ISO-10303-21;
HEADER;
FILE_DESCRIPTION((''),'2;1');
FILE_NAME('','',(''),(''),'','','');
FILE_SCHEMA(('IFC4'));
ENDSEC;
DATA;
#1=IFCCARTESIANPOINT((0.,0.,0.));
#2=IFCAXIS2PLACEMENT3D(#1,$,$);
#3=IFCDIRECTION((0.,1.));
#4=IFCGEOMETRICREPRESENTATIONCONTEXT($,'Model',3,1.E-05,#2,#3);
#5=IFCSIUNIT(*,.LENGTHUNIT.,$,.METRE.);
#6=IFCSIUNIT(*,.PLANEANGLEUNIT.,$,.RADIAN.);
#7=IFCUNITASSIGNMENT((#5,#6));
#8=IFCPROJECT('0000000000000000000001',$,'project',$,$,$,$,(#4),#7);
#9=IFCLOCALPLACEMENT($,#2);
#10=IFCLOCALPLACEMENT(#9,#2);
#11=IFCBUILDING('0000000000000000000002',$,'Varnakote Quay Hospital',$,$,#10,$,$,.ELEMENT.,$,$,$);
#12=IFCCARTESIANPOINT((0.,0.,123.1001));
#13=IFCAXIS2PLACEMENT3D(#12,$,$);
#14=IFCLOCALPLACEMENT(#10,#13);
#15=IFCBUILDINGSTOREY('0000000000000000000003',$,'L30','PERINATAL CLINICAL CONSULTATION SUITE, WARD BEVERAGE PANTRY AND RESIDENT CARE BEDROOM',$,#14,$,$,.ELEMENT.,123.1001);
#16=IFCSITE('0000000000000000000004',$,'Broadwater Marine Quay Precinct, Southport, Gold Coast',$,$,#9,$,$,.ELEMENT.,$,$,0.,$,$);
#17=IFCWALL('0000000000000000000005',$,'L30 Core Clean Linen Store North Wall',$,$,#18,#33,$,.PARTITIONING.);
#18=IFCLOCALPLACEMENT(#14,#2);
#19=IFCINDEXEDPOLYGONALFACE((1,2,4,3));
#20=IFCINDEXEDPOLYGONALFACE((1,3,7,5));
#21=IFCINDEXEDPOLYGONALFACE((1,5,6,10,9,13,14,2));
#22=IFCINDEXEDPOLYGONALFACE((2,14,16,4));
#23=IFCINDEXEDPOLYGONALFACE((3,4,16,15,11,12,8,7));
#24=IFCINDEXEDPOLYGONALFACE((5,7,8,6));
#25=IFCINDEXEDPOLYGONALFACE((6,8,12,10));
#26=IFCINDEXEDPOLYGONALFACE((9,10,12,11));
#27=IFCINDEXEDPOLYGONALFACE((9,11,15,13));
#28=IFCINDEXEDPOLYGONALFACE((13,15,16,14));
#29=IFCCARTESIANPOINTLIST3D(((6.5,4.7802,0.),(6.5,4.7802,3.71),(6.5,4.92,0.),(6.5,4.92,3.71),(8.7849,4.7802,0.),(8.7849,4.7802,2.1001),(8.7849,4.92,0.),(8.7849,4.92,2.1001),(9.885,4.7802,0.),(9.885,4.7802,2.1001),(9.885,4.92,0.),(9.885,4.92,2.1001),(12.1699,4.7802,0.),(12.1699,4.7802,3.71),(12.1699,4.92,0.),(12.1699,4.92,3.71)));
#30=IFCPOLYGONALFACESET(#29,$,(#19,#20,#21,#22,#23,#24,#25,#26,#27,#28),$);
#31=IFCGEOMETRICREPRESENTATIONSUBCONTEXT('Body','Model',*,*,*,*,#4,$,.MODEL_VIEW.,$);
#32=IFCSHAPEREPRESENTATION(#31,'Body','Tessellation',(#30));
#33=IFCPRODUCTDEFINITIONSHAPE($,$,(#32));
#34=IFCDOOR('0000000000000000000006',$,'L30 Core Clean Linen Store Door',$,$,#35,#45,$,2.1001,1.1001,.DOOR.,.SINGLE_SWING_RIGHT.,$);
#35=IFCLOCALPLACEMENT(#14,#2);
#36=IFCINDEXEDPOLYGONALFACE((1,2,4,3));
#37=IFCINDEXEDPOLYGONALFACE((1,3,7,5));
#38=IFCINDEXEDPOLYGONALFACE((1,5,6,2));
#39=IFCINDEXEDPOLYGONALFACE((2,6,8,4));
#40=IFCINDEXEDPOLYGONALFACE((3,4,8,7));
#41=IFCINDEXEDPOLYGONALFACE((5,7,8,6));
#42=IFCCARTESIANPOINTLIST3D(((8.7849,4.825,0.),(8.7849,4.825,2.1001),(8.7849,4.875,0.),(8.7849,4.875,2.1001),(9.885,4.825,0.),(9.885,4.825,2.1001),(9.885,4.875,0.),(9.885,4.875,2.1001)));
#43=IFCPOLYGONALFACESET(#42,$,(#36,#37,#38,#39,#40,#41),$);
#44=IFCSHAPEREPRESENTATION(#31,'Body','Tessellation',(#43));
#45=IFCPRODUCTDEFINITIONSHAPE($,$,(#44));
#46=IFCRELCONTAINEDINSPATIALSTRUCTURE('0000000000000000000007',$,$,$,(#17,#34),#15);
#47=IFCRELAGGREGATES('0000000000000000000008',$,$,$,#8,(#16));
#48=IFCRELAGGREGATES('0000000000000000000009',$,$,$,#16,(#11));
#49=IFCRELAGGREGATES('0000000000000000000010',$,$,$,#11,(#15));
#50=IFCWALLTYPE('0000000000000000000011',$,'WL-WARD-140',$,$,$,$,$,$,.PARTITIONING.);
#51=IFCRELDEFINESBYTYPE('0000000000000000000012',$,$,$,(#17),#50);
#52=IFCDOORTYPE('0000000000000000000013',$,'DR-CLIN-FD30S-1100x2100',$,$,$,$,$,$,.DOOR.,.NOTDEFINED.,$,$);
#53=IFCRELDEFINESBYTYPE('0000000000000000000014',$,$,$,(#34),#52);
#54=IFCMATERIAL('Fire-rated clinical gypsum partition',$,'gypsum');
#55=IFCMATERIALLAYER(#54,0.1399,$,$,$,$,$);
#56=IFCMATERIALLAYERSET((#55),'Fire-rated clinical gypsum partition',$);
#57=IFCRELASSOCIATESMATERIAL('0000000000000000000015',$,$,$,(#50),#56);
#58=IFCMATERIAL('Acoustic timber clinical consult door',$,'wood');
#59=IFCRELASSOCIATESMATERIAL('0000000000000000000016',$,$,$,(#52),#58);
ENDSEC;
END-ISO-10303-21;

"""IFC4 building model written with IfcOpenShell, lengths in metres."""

from ifc_helpers import new_model, si_unit, direction, frame, frame_2d, origin, place, context, subcontext, project, spatial, rectangle, extrude, material, layer, layer_set, type_object, element, fill, save


model = new_model("IFC4")

# Units and contexts
model_context = context("Model", 3, precision=1e-05, world=origin(), true_north=direction((0.0, 1.0)))
body_context = subcontext(model_context, "Body", "Model", "MODEL_VIEW")
ifc_project = project(units=[si_unit("LENGTHUNIT", "METRE"), si_unit("PLANEANGLEUNIT", "RADIAN")], contexts=[model_context])

# Site, building, storey
site_placement = place(None, origin())
site = spatial("IfcSite", under=ifc_project, at=site_placement, Name="Broadwater Marine Quay Precinct, Southport, Gold Coast", CompositionType="ELEMENT", RefElevation=0.0)
building_placement = place(site_placement, origin())
building = spatial("IfcBuilding", under=site, at=building_placement, Name="Varnakote Quay Hospital", CompositionType="ELEMENT")
storey_placement = place(building_placement, frame((0.0, 0.0, 123.1001)))
storey = spatial("IfcBuildingStorey", under=building, at=storey_placement, Name="L30", Description="PERINATAL CLINICAL CONSULTATION SUITE, WARD BEVERAGE PANTRY AND RESIDENT CARE BEDROOM", CompositionType="ELEMENT", Elevation=123.1001)

# Wall, opening, door
ifc_material_1 = material(Name="Fire-rated clinical gypsum partition", Category="gypsum")
ifc_layer_1 = layer(ifc_material_1, 0.1399)
ifc_layer_set_1 = layer_set([ifc_layer_1], Name="Fire-rated clinical gypsum partition")
wall_type_1 = type_object("IfcWallType", Name="WL-WARD-140", PredefinedType="PARTITIONING", material=ifc_layer_set_1)
wall_1_placement = place(storey_placement, frame((6.5, 4.8501, 0.0), z_axis=(0.0, 0.0, 1.0), x_axis=(1.0, 0.0, 0.0)))
wall_1 = element("IfcWall", 1, at=wall_1_placement, inside=storey, type_object=wall_type_1, Name="L30 Core Clean Linen Store North Wall", PredefinedType="PARTITIONING", context=body_context, shape_type="SweptSolid", body=[
    extrude(rectangle(XDim=5.6699, YDim=0.1399, at=frame_2d((2.835, 0.0))), origin(), (0.0, 0.0, 1.0), 3.71),
])
opening_1_placement = place(wall_1_placement, frame((2.2849, 0.0, 0.0)))
opening_1 = element("IfcOpeningElement", 2, at=opening_1_placement, cuts=wall_1, PredefinedType="OPENING", context=body_context, shape_type="SweptSolid", body=[
    extrude(rectangle(XDim=1.1001, YDim=2.1001, at=frame_2d((0.55, 1.05))), frame((0.0, 0.0798, 0.0), z_axis=(0.0, -1.0, 0.0), x_axis=(1.0, 0.0, 0.0)), (0.0, 0.0, 1.0), 0.1599),
])
ifc_material_2 = material(Name="Acoustic timber clinical consult door", Category="wood")
door_type = type_object("IfcDoorType", Name="DR-CLIN-FD30S-1100x2100", OperationType="NOTDEFINED", PredefinedType="DOOR", material=ifc_material_2)
door_placement = place(opening_1_placement, origin())
door = element("IfcDoor", 3, at=door_placement, inside=storey, type_object=door_type, Name="L30 Core Clean Linen Store Door", OperationType="SINGLE_SWING_RIGHT", OverallHeight=2.1001, OverallWidth=1.1001, PredefinedType="DOOR", context=body_context, shape_type="SweptSolid", body=[
    extrude(rectangle(XDim=1.1001, YDim=2.1001, at=frame_2d((0.55, 1.05))), frame((0.0, 0.0249, 0.0), z_axis=(0.0, -1.0, 0.0), x_axis=(1.0, 0.0, 0.0)), (0.0, 0.0, 1.0), 0.05),
])
fill(opening_1, door)

save(model, "model.ifc")
